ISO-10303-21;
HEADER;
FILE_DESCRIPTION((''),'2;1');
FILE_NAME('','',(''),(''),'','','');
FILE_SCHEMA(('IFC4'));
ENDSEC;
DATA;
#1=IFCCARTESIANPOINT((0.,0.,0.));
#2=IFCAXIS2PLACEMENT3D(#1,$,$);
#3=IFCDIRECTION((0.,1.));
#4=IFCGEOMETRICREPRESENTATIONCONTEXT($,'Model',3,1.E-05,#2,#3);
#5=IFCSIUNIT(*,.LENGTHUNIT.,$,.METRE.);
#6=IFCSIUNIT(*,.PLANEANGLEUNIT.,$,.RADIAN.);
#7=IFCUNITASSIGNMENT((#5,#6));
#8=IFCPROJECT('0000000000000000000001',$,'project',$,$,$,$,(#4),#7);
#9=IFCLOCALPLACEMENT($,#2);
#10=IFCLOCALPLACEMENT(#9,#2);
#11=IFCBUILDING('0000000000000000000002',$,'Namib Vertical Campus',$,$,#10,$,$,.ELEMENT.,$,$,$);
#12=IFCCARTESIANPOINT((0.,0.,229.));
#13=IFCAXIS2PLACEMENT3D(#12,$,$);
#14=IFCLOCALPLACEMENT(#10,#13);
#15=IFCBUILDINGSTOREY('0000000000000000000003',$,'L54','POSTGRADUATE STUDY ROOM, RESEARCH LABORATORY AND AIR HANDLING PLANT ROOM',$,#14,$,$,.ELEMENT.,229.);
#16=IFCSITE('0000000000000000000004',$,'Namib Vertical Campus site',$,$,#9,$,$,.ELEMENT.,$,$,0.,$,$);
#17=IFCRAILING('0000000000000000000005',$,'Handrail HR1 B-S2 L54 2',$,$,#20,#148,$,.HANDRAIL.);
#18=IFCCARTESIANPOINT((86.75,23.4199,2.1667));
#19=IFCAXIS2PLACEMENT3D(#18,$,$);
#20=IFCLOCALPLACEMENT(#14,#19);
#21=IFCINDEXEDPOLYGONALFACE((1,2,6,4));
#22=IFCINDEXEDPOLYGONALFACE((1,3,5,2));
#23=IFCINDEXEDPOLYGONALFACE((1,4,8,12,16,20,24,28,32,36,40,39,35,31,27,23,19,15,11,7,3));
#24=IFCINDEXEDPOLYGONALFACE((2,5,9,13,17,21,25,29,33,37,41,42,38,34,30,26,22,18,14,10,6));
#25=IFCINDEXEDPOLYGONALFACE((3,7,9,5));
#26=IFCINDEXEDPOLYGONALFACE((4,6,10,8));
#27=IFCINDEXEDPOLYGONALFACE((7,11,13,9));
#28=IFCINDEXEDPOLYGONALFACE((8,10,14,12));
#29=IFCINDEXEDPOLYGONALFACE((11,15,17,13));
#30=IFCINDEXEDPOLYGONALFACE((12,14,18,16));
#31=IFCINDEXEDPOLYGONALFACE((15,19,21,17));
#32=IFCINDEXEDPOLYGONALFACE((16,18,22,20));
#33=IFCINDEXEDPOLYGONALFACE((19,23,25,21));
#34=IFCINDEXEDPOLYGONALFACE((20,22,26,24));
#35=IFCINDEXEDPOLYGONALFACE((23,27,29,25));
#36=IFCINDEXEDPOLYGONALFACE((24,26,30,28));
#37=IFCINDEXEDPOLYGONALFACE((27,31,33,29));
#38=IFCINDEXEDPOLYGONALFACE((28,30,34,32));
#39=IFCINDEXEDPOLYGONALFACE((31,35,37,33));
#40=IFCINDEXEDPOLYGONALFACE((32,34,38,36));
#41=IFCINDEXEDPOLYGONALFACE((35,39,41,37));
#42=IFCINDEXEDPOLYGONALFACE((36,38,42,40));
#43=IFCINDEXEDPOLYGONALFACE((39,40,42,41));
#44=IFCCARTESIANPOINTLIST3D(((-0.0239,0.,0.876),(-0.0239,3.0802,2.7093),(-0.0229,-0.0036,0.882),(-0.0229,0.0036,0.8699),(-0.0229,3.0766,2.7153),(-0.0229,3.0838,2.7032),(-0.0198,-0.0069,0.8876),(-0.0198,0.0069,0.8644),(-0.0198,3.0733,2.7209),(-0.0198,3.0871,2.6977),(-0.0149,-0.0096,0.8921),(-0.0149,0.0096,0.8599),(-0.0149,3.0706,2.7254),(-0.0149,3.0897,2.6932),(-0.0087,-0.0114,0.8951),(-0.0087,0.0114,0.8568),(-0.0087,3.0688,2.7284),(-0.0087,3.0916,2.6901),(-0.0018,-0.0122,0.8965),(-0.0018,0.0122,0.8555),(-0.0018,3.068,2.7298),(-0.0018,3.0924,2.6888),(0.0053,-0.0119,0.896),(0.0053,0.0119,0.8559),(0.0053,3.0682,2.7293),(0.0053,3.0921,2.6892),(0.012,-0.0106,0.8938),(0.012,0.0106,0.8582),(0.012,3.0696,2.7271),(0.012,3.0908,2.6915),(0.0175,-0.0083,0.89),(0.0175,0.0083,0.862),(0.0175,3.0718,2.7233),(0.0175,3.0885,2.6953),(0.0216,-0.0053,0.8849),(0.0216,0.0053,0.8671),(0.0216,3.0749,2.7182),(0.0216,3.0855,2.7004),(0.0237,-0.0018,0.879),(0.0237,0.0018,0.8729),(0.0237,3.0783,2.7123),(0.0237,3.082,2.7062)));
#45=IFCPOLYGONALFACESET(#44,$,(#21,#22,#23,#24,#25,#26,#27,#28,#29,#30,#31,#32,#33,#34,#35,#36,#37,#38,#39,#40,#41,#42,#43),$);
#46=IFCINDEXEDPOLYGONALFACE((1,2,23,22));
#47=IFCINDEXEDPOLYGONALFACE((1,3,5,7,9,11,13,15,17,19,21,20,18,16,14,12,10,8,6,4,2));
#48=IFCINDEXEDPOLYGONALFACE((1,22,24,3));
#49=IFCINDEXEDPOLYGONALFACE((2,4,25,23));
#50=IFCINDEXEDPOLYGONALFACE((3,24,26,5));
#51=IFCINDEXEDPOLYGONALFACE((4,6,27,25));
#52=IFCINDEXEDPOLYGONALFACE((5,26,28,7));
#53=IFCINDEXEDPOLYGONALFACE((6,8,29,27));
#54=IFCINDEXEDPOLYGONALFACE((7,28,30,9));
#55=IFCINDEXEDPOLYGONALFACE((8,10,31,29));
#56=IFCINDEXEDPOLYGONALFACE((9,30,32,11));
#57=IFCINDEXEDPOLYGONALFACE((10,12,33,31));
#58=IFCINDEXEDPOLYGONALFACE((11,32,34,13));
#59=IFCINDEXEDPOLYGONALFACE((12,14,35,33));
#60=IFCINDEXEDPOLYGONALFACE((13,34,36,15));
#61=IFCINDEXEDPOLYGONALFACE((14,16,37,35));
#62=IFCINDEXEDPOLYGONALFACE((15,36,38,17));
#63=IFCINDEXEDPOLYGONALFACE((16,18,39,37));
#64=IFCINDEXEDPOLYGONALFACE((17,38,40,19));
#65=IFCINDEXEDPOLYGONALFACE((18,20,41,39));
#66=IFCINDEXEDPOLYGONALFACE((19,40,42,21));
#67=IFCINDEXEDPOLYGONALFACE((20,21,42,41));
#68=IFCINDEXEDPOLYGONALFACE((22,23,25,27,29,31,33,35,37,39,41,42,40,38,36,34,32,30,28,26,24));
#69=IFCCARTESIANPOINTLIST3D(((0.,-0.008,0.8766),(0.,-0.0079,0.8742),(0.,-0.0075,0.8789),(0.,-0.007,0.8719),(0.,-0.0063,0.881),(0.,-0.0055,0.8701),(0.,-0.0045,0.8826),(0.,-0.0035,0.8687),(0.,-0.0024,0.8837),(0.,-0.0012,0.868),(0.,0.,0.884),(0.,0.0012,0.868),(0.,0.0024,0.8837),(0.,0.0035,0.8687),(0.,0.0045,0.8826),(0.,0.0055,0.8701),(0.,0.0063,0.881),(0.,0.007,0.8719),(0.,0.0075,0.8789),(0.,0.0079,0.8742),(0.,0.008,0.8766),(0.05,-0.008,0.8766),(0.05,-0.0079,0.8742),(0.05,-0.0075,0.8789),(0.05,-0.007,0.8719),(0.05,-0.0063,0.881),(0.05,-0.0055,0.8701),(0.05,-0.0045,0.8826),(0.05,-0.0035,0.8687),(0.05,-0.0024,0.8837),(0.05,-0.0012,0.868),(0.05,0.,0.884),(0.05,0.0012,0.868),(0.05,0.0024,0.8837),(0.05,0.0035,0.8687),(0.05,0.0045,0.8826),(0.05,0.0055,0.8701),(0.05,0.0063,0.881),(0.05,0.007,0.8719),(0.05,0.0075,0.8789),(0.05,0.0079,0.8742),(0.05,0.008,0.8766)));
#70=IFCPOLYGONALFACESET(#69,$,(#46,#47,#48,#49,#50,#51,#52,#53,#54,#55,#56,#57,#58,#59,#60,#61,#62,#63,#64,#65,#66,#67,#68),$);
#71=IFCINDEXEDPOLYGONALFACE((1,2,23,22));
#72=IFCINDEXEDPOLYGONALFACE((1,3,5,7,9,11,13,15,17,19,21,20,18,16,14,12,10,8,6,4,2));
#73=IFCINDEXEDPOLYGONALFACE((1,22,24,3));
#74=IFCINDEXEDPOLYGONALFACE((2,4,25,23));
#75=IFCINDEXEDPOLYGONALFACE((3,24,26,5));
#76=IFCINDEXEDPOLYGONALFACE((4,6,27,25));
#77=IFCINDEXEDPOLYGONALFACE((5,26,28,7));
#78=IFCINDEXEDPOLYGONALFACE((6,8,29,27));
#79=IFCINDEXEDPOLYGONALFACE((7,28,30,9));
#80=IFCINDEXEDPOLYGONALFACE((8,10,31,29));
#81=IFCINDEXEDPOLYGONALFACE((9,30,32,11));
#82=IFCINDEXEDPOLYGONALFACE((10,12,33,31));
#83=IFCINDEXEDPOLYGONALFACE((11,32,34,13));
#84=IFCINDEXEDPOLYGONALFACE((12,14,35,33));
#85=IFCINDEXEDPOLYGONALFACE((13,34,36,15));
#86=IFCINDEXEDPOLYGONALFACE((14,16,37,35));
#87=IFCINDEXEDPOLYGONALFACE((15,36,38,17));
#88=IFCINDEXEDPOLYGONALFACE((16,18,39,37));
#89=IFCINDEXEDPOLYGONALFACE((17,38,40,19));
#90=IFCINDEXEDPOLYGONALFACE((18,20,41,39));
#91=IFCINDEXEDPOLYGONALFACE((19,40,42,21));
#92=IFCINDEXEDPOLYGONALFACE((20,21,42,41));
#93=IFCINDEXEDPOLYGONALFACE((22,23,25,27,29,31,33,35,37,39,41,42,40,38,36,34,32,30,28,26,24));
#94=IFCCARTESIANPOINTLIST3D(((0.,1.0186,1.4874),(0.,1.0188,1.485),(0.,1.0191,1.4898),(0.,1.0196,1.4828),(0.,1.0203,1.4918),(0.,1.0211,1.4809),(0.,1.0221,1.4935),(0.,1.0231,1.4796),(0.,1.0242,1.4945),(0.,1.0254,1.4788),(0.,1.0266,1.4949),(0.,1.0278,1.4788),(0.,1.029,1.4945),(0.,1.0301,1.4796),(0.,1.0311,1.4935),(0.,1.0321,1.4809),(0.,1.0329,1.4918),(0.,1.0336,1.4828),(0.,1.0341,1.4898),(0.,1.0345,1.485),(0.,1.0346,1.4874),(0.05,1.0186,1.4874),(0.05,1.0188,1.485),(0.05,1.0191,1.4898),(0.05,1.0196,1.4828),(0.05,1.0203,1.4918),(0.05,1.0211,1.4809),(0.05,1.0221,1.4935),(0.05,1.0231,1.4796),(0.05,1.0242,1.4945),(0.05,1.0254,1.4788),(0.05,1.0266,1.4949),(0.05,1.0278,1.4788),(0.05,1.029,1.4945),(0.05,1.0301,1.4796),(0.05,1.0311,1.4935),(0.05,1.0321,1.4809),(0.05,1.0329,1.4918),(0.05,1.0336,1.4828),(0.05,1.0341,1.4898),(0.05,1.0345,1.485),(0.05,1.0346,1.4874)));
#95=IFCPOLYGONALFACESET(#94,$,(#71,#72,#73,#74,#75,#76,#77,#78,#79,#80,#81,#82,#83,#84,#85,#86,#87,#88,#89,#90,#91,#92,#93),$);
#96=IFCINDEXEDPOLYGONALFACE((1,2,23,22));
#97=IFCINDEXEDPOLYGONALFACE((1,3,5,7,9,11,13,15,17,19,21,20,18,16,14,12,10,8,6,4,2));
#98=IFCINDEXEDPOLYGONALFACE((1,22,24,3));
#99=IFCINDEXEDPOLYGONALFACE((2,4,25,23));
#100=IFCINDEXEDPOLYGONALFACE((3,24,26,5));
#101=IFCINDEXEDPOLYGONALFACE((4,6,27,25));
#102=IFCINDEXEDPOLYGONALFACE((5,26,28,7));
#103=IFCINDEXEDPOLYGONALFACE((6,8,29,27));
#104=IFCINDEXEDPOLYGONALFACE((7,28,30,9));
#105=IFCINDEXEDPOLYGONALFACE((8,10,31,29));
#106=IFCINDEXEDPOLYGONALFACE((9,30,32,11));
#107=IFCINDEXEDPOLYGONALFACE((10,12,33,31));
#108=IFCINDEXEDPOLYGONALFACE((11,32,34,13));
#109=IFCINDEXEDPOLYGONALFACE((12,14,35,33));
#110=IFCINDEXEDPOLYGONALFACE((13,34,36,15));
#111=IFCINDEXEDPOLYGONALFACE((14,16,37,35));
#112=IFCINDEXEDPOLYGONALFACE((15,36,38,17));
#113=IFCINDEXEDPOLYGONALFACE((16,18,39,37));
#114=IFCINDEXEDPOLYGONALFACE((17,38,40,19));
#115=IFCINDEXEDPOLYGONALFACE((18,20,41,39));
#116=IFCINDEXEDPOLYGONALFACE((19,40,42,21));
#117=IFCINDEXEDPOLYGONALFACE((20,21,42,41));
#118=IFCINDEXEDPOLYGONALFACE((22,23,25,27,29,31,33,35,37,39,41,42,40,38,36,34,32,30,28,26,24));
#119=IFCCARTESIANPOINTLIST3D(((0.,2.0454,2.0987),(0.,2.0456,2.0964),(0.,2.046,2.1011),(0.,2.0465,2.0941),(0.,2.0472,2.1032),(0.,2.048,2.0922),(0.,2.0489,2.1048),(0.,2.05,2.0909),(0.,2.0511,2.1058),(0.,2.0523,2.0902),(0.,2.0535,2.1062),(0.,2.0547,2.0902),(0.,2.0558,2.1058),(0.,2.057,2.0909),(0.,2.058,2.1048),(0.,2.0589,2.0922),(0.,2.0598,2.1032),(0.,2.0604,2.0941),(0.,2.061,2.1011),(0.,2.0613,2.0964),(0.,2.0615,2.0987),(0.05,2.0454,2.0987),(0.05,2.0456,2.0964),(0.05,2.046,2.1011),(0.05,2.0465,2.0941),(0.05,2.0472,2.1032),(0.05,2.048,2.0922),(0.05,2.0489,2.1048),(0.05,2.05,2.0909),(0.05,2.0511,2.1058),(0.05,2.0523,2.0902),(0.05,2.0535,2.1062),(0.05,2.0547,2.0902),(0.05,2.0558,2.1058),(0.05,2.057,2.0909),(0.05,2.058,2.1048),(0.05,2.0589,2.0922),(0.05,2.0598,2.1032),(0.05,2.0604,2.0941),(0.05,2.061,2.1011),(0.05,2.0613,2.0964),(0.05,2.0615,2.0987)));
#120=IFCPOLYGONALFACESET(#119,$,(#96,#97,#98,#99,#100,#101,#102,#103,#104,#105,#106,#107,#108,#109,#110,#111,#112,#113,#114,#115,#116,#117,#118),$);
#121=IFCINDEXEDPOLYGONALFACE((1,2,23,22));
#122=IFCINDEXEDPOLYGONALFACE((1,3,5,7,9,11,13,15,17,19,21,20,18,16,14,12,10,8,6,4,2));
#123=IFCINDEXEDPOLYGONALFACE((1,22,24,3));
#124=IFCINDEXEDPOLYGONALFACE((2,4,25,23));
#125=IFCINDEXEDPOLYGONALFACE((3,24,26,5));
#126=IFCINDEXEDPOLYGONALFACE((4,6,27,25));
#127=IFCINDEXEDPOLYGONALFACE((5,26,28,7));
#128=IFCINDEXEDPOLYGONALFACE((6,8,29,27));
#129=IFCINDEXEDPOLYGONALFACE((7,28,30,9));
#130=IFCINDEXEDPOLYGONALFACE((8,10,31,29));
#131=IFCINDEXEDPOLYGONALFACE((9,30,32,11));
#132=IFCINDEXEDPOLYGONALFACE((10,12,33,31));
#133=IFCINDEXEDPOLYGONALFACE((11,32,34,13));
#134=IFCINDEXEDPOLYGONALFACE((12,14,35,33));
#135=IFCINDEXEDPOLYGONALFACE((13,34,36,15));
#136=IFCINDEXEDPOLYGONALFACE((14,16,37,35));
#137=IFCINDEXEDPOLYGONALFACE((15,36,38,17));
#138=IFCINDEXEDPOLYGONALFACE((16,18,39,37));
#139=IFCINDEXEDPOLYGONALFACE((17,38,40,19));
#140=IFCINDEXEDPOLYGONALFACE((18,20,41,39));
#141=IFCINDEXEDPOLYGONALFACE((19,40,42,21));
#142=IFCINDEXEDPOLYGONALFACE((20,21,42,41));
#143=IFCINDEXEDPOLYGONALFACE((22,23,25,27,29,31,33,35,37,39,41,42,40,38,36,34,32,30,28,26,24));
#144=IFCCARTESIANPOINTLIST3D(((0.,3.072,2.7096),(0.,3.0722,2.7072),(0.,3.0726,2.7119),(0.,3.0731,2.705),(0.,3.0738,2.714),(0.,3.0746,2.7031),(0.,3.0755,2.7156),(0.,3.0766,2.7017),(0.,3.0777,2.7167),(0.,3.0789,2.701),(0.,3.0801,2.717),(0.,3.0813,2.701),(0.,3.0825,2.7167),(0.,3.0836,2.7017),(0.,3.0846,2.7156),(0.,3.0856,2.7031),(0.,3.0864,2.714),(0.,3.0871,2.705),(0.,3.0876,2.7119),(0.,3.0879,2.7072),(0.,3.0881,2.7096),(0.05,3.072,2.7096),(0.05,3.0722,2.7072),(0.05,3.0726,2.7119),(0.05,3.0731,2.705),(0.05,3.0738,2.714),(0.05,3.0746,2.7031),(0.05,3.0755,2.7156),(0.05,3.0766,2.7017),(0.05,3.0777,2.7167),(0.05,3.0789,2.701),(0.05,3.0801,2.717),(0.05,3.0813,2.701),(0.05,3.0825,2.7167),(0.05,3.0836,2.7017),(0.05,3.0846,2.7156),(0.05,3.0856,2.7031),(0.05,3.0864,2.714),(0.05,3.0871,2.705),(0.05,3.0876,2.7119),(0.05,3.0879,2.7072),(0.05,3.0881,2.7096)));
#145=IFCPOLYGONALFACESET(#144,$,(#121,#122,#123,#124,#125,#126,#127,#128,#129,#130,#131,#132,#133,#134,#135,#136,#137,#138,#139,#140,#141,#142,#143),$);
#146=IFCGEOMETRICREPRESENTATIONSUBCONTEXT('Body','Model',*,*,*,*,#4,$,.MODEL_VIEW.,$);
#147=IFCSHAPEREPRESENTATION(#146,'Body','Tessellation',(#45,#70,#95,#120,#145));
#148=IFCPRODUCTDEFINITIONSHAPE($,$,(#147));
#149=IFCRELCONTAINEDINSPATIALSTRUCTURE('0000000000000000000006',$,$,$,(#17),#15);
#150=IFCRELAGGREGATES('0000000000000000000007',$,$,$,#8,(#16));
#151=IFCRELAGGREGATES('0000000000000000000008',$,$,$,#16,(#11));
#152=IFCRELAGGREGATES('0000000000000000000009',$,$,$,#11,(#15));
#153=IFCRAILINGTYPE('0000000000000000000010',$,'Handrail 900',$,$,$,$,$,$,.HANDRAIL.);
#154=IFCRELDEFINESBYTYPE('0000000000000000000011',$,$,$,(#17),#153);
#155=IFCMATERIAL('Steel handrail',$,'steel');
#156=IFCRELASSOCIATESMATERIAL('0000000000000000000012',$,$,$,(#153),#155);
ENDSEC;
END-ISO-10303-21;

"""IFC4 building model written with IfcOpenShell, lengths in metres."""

from ifc_helpers import new_model, si_unit, direction, frame, origin, origin_2d, place, context, subcontext, project, spatial, circle, extrude, material, type_object, element, save


model = new_model("IFC4")

# Units and contexts
model_context = context("Model", 3, precision=1e-05, world=origin(), true_north=direction((0.0, 1.0)))
body_context = subcontext(model_context, "Body", "Model", "MODEL_VIEW")
ifc_project = project(units=[si_unit("LENGTHUNIT", "METRE"), si_unit("PLANEANGLEUNIT", "RADIAN")], contexts=[model_context])

# Site, building, storey
site_placement = place(None, origin())
site = spatial("IfcSite", under=ifc_project, at=site_placement, Name="Namib Vertical Campus site", CompositionType="ELEMENT", RefElevation=0.0)
building_placement = place(site_placement, origin())
building = spatial("IfcBuilding", under=site, at=building_placement, Name="Namib Vertical Campus", CompositionType="ELEMENT")
storey_placement = place(building_placement, frame((0.0, 0.0, 229.0)))
storey = spatial("IfcBuildingStorey", under=building, at=storey_placement, Name="L54", Description="POSTGRADUATE STUDY ROOM, RESEARCH LABORATORY AND AIR HANDLING PLANT ROOM", CompositionType="ELEMENT", Elevation=229.0)

# Railing
ifc_material_1 = material(Name="Steel handrail", Category="steel")
railing_type_1 = type_object("IfcRailingType", Name="Handrail 900", PredefinedType="HANDRAIL", material=ifc_material_1)
railing_1_placement = place(storey_placement, frame((86.75, 23.4199, 2.1667)))
element("IfcRailing", 1, at=railing_1_placement, inside=storey, type_object=railing_type_1, Name="Handrail HR1 B-S2 L54 2", PredefinedType="HANDRAIL", context=body_context, shape_type="SweptSolid", body=[
    extrude(circle(Radius=0.0239, at=origin_2d()), frame((0.0, 0.0, 0.876), z_axis=(0.0, 0.859309, 0.511458), x_axis=(-1.0, 0.0, 0.0)), (0.0, 0.0, 1.0), 3.5845),
    extrude(circle(Radius=0.0081, at=origin_2d()), frame((0.0, 0.0, 0.876), z_axis=(1.0, 0.0, 0.0), x_axis=(0.0, 0.0, 1.0)), (0.0, 0.0, 1.0), 0.05),
    extrude(circle(Radius=0.0081, at=origin_2d()), frame((0.0, 1.0266, 1.4868), z_axis=(1.0, 0.0, 0.0), x_axis=(0.0, 0.0, 1.0)), (0.0, 0.0, 1.0), 0.05),
    extrude(circle(Radius=0.0081, at=origin_2d()), frame((0.0, 2.0535, 2.0981), z_axis=(1.0, 0.0, 0.0), x_axis=(0.0, 0.0, 1.0)), (0.0, 0.0, 1.0), 0.05),
    extrude(circle(Radius=0.0081, at=origin_2d()), frame((0.0, 3.0801, 2.709), z_axis=(1.0, 0.0, 0.0), x_axis=(0.0, 0.0, 1.0)), (0.0, 0.0, 1.0), 0.05),
])

save(model, "model.ifc")
